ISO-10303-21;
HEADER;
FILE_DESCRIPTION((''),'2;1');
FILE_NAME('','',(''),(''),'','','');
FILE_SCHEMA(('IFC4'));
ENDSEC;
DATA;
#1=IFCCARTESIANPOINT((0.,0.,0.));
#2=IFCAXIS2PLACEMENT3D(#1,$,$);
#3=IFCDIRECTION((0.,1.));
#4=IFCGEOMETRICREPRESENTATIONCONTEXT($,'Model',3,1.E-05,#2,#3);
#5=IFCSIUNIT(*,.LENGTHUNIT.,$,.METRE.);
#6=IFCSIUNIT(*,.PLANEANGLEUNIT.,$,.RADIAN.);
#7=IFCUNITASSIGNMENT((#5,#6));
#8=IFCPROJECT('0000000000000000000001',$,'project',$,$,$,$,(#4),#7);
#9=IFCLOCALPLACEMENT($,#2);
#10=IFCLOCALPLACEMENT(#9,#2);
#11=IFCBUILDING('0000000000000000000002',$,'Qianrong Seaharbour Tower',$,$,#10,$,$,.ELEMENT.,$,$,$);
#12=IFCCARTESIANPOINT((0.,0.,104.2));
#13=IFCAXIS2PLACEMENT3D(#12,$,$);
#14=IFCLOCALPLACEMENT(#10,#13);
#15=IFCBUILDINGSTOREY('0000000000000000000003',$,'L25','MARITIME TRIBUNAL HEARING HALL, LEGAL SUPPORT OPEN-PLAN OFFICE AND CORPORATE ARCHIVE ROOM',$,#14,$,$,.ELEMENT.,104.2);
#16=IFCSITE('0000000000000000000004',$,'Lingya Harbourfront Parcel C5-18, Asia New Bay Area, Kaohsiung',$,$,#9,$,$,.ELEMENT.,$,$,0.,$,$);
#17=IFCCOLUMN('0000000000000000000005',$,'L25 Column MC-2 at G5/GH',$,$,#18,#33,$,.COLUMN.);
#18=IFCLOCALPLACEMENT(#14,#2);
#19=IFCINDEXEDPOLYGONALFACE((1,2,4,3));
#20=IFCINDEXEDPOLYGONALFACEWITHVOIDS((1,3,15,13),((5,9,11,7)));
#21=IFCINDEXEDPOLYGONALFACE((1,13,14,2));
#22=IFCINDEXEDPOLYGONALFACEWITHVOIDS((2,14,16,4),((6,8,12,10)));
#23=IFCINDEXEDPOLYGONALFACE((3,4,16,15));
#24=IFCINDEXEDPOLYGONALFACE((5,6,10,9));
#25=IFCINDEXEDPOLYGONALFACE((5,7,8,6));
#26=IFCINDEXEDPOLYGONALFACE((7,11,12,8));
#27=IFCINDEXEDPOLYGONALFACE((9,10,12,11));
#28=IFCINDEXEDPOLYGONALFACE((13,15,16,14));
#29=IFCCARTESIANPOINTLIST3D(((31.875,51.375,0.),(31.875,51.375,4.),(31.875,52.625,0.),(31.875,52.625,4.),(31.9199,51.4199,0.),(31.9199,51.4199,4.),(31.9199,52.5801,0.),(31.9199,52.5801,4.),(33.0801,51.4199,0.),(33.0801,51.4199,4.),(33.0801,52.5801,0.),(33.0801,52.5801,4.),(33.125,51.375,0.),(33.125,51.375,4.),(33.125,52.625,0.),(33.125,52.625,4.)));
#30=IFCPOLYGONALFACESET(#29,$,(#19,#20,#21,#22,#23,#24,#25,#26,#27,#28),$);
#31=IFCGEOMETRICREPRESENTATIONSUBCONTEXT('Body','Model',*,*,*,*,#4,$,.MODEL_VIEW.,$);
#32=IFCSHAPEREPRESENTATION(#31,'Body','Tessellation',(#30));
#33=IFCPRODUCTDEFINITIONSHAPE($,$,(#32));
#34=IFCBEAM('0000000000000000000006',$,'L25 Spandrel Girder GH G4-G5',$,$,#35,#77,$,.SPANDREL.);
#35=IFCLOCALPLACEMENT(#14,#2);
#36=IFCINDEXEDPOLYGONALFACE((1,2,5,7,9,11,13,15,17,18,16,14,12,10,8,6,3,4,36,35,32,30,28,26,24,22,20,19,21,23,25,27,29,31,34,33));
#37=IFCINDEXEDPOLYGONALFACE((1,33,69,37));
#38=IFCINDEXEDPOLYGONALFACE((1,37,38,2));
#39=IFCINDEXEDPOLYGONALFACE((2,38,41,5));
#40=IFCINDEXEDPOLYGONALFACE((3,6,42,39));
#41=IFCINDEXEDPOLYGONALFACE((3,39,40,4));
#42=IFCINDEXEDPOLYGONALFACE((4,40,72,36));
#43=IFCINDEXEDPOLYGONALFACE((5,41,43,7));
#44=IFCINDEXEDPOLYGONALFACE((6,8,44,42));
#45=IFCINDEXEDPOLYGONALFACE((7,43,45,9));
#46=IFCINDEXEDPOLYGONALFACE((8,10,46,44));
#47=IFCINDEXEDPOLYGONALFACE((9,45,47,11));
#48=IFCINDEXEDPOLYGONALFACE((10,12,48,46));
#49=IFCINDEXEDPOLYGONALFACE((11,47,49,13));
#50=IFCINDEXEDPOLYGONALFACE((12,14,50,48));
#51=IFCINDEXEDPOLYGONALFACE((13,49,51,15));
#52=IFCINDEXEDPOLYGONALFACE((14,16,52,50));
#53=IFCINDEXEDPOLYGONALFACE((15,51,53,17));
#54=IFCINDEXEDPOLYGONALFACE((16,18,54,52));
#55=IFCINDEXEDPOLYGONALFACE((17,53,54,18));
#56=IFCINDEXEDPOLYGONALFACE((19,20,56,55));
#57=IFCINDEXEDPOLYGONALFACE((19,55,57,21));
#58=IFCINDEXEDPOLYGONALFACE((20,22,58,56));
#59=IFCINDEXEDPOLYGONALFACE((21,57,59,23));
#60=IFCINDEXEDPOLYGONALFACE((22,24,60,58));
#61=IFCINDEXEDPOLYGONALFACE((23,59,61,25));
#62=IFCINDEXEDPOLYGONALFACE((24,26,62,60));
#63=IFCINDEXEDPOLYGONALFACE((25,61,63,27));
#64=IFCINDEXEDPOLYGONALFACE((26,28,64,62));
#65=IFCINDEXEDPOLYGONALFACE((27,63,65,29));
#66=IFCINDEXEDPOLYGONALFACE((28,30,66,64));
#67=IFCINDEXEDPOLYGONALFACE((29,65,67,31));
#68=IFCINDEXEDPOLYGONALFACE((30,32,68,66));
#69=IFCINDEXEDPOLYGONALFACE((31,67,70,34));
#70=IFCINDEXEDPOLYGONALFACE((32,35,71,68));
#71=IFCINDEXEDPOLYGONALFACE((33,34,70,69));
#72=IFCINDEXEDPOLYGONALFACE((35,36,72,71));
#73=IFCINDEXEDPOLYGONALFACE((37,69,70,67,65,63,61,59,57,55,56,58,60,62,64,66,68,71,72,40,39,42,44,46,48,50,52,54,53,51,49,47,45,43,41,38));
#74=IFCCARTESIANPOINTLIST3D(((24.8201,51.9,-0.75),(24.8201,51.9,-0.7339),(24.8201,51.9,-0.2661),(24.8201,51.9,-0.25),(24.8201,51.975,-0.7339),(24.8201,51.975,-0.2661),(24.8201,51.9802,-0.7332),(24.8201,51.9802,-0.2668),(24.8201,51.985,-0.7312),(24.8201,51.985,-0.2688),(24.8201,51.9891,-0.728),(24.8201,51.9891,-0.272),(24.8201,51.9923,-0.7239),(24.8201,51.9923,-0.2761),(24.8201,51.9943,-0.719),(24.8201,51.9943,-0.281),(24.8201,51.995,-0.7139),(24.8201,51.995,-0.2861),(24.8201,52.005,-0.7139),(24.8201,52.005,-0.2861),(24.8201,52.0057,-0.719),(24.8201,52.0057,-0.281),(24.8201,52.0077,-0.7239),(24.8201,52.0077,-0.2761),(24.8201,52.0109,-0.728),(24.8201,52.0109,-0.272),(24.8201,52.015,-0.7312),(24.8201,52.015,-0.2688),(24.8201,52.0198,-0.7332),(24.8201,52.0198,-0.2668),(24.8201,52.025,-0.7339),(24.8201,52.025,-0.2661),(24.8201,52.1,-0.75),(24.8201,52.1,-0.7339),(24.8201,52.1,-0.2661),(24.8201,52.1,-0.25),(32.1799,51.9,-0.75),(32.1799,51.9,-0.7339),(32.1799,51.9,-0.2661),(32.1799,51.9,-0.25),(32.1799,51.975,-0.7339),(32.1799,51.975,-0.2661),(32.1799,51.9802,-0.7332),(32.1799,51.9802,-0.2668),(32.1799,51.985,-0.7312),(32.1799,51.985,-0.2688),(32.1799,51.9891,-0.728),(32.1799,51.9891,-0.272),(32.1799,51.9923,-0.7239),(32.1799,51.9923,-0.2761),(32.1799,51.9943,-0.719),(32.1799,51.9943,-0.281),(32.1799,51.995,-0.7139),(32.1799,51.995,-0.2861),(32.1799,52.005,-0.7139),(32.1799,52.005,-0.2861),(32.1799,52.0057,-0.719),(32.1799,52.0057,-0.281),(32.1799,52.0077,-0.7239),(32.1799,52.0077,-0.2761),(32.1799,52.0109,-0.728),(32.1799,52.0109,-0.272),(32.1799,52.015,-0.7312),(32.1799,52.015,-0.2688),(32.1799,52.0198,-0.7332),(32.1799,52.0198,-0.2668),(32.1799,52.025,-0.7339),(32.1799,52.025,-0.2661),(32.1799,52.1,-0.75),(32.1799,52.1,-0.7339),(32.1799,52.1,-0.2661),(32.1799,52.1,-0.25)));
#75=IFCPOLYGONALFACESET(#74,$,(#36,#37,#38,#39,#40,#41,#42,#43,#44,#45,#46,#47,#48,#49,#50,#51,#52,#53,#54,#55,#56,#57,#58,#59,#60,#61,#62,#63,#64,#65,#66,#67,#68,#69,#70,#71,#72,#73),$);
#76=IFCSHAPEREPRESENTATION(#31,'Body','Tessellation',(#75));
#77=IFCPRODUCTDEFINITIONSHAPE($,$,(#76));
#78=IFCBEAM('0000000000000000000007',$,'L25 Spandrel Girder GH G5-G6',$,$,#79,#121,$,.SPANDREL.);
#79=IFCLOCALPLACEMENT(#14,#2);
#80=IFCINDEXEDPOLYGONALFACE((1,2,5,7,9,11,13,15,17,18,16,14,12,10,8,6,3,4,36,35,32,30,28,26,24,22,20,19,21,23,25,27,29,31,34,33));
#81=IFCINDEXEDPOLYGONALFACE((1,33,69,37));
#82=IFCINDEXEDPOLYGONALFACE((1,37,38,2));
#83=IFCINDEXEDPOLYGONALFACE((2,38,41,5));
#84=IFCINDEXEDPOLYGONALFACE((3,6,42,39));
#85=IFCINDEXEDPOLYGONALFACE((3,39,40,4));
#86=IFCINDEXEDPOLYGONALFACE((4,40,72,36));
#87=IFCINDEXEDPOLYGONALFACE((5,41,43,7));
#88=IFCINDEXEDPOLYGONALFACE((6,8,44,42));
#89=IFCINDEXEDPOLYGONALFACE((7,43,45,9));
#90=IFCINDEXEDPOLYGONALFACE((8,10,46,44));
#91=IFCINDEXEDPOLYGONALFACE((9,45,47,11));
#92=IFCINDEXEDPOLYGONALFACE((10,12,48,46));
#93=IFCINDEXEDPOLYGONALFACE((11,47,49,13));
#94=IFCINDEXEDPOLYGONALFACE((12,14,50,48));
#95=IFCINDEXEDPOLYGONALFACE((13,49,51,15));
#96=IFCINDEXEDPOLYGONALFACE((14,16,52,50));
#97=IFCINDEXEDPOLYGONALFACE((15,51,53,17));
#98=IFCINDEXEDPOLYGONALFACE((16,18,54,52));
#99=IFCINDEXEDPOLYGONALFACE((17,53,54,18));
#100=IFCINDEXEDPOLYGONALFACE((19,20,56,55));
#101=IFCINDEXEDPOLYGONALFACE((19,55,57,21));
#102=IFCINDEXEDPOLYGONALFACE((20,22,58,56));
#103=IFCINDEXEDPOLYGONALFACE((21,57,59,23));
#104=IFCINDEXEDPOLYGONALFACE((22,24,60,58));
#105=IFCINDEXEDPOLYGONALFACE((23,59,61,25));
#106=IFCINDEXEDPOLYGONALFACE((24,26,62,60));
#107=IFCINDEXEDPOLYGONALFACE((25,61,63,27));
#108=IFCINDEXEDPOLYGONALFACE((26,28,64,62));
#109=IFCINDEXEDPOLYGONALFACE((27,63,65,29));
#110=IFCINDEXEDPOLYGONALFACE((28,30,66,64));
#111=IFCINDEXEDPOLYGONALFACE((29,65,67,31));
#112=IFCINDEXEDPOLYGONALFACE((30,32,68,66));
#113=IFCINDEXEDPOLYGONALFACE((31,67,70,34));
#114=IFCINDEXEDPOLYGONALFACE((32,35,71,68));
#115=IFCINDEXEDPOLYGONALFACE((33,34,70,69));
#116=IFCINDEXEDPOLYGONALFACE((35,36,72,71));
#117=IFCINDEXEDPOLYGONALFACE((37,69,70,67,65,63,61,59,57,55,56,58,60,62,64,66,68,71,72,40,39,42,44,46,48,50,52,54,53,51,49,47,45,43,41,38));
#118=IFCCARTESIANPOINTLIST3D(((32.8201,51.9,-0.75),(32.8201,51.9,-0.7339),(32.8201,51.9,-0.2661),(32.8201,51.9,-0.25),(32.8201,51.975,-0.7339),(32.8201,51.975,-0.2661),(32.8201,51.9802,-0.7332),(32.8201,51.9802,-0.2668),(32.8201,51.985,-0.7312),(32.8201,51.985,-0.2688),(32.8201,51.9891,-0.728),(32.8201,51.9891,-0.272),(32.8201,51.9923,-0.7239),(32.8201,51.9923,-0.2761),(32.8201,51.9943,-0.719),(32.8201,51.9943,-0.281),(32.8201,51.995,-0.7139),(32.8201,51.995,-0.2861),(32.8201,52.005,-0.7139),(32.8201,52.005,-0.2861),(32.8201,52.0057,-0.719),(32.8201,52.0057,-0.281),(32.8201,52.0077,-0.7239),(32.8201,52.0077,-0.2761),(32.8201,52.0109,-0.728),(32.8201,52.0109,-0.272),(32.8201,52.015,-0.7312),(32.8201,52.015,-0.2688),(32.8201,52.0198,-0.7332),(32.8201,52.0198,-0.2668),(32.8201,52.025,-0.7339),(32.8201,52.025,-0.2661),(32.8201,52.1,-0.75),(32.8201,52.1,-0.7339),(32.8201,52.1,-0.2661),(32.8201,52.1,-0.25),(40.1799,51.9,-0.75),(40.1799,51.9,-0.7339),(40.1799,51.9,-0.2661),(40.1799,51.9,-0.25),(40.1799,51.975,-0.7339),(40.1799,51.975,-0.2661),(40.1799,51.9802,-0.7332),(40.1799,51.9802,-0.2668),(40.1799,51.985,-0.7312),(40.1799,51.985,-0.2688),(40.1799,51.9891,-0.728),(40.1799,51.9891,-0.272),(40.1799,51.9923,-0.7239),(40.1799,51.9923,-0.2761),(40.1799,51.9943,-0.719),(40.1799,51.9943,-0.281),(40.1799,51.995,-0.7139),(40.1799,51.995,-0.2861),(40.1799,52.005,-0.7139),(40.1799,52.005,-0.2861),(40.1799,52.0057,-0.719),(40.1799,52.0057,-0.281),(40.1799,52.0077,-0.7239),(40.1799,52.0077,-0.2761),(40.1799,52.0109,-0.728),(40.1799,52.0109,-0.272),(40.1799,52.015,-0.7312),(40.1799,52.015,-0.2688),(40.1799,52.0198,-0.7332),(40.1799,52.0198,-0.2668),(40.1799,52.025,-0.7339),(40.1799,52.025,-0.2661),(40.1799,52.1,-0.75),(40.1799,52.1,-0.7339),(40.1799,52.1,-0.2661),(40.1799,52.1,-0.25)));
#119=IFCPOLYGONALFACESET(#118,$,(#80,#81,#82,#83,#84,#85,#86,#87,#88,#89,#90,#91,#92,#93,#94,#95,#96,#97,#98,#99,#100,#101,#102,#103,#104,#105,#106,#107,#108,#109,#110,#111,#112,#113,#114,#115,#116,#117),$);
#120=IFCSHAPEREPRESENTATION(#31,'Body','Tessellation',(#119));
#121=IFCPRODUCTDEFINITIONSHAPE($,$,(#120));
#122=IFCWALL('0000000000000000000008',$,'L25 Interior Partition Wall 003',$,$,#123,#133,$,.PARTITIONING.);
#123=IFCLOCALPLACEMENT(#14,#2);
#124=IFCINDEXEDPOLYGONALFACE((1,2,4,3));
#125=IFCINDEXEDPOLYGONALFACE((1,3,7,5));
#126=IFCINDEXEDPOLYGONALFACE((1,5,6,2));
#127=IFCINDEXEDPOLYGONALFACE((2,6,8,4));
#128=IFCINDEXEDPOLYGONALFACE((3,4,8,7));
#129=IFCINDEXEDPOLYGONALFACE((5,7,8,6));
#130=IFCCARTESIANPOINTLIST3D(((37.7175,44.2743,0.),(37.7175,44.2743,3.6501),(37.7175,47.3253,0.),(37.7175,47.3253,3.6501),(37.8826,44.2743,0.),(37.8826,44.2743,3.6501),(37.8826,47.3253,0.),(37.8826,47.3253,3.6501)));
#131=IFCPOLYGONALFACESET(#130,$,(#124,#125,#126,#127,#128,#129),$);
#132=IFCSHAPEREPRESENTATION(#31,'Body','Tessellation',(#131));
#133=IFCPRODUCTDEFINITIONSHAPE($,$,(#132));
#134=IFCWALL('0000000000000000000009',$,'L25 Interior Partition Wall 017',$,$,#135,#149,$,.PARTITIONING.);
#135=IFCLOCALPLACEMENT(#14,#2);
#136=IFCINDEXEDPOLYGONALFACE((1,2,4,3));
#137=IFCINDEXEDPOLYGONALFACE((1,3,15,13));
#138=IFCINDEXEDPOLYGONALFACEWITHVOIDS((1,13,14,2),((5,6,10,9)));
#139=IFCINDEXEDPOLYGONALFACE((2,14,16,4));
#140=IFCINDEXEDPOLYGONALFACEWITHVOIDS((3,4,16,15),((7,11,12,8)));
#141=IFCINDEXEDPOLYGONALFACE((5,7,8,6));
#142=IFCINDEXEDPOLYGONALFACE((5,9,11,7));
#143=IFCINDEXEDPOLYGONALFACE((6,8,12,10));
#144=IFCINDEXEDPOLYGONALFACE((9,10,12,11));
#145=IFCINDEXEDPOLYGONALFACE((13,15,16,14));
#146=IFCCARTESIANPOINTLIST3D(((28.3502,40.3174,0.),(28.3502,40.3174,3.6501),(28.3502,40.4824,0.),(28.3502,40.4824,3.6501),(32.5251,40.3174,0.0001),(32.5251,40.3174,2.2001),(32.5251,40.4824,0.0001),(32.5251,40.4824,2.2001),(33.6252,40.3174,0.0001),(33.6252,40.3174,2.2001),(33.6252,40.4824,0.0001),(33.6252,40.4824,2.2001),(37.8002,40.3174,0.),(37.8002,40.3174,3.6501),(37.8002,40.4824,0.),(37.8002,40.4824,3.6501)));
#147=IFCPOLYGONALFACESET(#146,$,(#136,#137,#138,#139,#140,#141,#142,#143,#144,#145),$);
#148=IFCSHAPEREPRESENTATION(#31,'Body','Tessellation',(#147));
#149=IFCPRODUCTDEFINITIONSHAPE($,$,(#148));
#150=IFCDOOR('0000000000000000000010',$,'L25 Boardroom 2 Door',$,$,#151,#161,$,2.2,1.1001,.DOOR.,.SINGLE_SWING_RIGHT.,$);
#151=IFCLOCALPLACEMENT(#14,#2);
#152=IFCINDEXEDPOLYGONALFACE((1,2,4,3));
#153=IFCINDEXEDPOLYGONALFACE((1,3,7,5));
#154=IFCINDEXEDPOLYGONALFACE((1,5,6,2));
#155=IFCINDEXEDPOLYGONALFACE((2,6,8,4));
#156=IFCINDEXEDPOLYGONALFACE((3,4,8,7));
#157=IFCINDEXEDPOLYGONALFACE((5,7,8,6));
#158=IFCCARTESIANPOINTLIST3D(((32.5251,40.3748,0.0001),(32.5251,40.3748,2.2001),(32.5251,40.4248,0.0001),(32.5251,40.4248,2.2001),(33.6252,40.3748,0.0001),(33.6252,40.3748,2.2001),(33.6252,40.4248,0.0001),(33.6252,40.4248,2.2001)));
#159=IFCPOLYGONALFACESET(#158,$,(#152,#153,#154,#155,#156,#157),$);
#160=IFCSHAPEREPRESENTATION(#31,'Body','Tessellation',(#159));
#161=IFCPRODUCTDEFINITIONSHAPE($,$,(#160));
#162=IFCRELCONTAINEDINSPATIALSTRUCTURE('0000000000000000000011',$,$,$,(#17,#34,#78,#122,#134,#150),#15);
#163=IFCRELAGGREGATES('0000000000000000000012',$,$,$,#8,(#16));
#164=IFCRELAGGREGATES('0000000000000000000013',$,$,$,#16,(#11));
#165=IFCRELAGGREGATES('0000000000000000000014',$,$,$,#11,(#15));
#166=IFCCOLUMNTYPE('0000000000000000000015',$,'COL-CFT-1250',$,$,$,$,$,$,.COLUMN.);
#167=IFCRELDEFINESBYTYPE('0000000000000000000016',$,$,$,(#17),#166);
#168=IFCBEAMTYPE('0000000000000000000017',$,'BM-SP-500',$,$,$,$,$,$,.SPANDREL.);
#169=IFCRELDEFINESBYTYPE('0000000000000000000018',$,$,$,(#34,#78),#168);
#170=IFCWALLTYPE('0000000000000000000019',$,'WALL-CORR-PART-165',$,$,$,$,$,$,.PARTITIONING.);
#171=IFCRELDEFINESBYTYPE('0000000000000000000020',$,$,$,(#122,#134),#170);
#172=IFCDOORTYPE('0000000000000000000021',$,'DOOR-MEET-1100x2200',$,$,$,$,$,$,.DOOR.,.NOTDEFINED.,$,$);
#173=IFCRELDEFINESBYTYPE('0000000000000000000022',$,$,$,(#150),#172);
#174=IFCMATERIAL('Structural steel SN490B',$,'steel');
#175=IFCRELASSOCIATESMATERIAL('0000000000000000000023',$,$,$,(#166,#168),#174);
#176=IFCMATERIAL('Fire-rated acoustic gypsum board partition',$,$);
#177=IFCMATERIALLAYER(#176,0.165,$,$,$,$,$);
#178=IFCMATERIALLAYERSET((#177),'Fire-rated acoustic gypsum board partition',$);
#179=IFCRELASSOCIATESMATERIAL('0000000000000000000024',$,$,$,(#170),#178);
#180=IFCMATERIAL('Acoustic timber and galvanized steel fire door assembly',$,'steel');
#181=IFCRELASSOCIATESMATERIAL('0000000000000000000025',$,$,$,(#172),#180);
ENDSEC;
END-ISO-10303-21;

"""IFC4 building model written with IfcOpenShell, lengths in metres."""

from ifc_helpers import new_model, si_unit, direction, frame, frame_2d, origin, origin_2d, place, context, subcontext, project, spatial, rectangle, hollow_rectangle, i_section, extrude, material, layer, layer_set, material_profile, profile_set, type_object, element, fill, save


model = new_model("IFC4")

# Units and contexts
model_context = context("Model", 3, precision=1e-05, world=origin(), true_north=direction((0.0, 1.0)))
body_context = subcontext(model_context, "Body", "Model", "MODEL_VIEW")
ifc_project = project(units=[si_unit("LENGTHUNIT", "METRE"), si_unit("PLANEANGLEUNIT", "RADIAN")], contexts=[model_context])

# Site, building, storey
site_placement = place(None, origin())
site = spatial("IfcSite", under=ifc_project, at=site_placement, Name="Lingya Harbourfront Parcel C5-18, Asia New Bay Area, Kaohsiung", CompositionType="ELEMENT", RefElevation=0.0)
building_placement = place(site_placement, origin())
building = spatial("IfcBuilding", under=site, at=building_placement, Name="Qianrong Seaharbour Tower", CompositionType="ELEMENT")
storey_placement = place(building_placement, frame((0.0, 0.0, 104.2)))
storey = spatial("IfcBuildingStorey", under=building, at=storey_placement, Name="L25", Description="MARITIME TRIBUNAL HEARING HALL, LEGAL SUPPORT OPEN-PLAN OFFICE AND CORPORATE ARCHIVE ROOM", CompositionType="ELEMENT", Elevation=104.2)

# Column
ifc_material_1 = material(Name="Structural steel SN490B", Category="steel")
ifc_material_profile_1 = material_profile(ifc_material_1, hollow_rectangle(XDim=1.25, YDim=1.25, WallThickness=0.0449, at=origin_2d()), Name="BOX1250x1250x45")
ifc_profile_set_1 = profile_set([ifc_material_profile_1], Name="Structural steel SN490B")
column_type = type_object("IfcColumnType", Name="COL-CFT-1250", PredefinedType="COLUMN", material=ifc_profile_set_1)
column_placement = place(storey_placement, frame((32.5, 52.0, 0.0), z_axis=(0.0, 0.0, 1.0), x_axis=(1.0, 0.0, 0.0)))
element("IfcColumn", 1, at=column_placement, inside=storey, type_object=column_type, Name="L25 Column MC-2 at G5/GH", PredefinedType="COLUMN", context=body_context, shape_type="SweptSolid", body=[
    extrude(hollow_rectangle(XDim=1.25, YDim=1.25, WallThickness=0.0449, at=origin_2d()), origin(), (0.0, 0.0, 1.0), 4.0),
])

# Beams
ifc_material_profile_2 = material_profile(ifc_material_1, i_section(OverallWidth=0.2, OverallDepth=0.5, WebThickness=0.01, FlangeThickness=0.0161, FilletRadius=0.02, at=origin_2d()), Name="H500x200x10x16")
ifc_profile_set_2 = profile_set([ifc_material_profile_2], Name="Structural steel SN490B")
beam_type = type_object("IfcBeamType", Name="BM-SP-500", PredefinedType="SPANDREL", material=ifc_profile_set_2)
for number, where, z_axis, x_axis, name in (
    (2, (24.8201, 52.0, -0.5), (1.0, 0.0, 0.0), (0.0, 1.0, 0.0), "L25 Spandrel Girder GH G4-G5"),
    (3, (32.8201, 52.0, -0.5), (1.0, 0.0, 0.0), (0.0, 1.0, 0.0), "L25 Spandrel Girder GH G5-G6"),
):
    element("IfcBeam", number, at=place(storey_placement, frame(where, z_axis=z_axis, x_axis=x_axis)), inside=storey, type_object=beam_type, Name=name, PredefinedType="SPANDREL", context=body_context, shape_type="SweptSolid", body=[
        extrude(i_section(OverallWidth=0.2, OverallDepth=0.5, WebThickness=0.01, FlangeThickness=0.0161, FilletRadius=0.02, at=origin_2d()), origin(), (0.0, 0.0, 1.0), 7.3599),
    ])

# Shared definitions
ifc_material_2 = material(Name="Fire-rated acoustic gypsum board partition")
ifc_layer_1 = layer(ifc_material_2, 0.165)
ifc_layer_set_1 = layer_set([ifc_layer_1], Name="Fire-rated acoustic gypsum board partition")
wall_type_1 = type_object("IfcWallType", Name="WALL-CORR-PART-165", PredefinedType="PARTITIONING", material=ifc_layer_set_1)
ifc_material_3 = material(Name="Acoustic timber and galvanized steel fire door assembly", Category="steel")

# Wall
wall_1_placement = place(storey_placement, frame((37.8, 44.2744, 0.0), z_axis=(0.0, 0.0, 1.0), x_axis=(0.0, 1.0, 0.0)))
element("IfcWall", 4, at=wall_1_placement, inside=storey, type_object=wall_type_1, Name="L25 Interior Partition Wall 003", PredefinedType="PARTITIONING", context=body_context, shape_type="SweptSolid", body=[
    extrude(rectangle(XDim=3.051, YDim=0.165, at=frame_2d((1.5254, 0.0))), origin(), (0.0, 0.0, 1.0), 3.6501),
])

# Wall, opening, door
wall_2_placement = place(storey_placement, frame((28.3501, 40.3999, 0.0), z_axis=(0.0, 0.0, 1.0), x_axis=(1.0, 0.0, 0.0)))
wall_2 = element("IfcWall", 5, at=wall_2_placement, inside=storey, type_object=wall_type_1, Name="L25 Interior Partition Wall 017", PredefinedType="PARTITIONING", context=body_context, shape_type="SweptSolid", body=[
    extrude(rectangle(XDim=9.45, YDim=0.165, at=frame_2d((4.7251, 0.0))), origin(), (0.0, 0.0, 1.0), 3.6501),
])
opening_1_placement = place(wall_2_placement, frame((4.175, 0.0, 0.0)))
opening_1 = element("IfcOpeningElement", 6, at=opening_1_placement, cuts=wall_2, PredefinedType="OPENING", context=body_context, shape_type="SweptSolid", body=[
    extrude(rectangle(XDim=1.1001, YDim=2.2, at=frame_2d((0.55, 1.1001))), frame((0.0, 0.0925, 0.0), z_axis=(0.0, -1.0, 0.0), x_axis=(1.0, 0.0, 0.0)), (0.0, 0.0, 1.0), 0.1851),
])
door_type_1 = type_object("IfcDoorType", Name="DOOR-MEET-1100x2200", OperationType="NOTDEFINED", PredefinedType="DOOR", material=ifc_material_3)
door_1_placement = place(opening_1_placement, origin())
door_1 = element("IfcDoor", 7, at=door_1_placement, inside=storey, type_object=door_type_1, Name="L25 Boardroom 2 Door", OperationType="SINGLE_SWING_RIGHT", OverallHeight=2.2, OverallWidth=1.1001, PredefinedType="DOOR", context=body_context, shape_type="SweptSolid", body=[
    extrude(rectangle(XDim=1.1001, YDim=2.2, at=frame_2d((0.55, 1.1001))), frame((0.0, 0.0249, 0.0), z_axis=(0.0, -1.0, 0.0), x_axis=(1.0, 0.0, 0.0)), (0.0, 0.0, 1.0), 0.05),
])
fill(opening_1, door_1)

save(model, "model.ifc")
